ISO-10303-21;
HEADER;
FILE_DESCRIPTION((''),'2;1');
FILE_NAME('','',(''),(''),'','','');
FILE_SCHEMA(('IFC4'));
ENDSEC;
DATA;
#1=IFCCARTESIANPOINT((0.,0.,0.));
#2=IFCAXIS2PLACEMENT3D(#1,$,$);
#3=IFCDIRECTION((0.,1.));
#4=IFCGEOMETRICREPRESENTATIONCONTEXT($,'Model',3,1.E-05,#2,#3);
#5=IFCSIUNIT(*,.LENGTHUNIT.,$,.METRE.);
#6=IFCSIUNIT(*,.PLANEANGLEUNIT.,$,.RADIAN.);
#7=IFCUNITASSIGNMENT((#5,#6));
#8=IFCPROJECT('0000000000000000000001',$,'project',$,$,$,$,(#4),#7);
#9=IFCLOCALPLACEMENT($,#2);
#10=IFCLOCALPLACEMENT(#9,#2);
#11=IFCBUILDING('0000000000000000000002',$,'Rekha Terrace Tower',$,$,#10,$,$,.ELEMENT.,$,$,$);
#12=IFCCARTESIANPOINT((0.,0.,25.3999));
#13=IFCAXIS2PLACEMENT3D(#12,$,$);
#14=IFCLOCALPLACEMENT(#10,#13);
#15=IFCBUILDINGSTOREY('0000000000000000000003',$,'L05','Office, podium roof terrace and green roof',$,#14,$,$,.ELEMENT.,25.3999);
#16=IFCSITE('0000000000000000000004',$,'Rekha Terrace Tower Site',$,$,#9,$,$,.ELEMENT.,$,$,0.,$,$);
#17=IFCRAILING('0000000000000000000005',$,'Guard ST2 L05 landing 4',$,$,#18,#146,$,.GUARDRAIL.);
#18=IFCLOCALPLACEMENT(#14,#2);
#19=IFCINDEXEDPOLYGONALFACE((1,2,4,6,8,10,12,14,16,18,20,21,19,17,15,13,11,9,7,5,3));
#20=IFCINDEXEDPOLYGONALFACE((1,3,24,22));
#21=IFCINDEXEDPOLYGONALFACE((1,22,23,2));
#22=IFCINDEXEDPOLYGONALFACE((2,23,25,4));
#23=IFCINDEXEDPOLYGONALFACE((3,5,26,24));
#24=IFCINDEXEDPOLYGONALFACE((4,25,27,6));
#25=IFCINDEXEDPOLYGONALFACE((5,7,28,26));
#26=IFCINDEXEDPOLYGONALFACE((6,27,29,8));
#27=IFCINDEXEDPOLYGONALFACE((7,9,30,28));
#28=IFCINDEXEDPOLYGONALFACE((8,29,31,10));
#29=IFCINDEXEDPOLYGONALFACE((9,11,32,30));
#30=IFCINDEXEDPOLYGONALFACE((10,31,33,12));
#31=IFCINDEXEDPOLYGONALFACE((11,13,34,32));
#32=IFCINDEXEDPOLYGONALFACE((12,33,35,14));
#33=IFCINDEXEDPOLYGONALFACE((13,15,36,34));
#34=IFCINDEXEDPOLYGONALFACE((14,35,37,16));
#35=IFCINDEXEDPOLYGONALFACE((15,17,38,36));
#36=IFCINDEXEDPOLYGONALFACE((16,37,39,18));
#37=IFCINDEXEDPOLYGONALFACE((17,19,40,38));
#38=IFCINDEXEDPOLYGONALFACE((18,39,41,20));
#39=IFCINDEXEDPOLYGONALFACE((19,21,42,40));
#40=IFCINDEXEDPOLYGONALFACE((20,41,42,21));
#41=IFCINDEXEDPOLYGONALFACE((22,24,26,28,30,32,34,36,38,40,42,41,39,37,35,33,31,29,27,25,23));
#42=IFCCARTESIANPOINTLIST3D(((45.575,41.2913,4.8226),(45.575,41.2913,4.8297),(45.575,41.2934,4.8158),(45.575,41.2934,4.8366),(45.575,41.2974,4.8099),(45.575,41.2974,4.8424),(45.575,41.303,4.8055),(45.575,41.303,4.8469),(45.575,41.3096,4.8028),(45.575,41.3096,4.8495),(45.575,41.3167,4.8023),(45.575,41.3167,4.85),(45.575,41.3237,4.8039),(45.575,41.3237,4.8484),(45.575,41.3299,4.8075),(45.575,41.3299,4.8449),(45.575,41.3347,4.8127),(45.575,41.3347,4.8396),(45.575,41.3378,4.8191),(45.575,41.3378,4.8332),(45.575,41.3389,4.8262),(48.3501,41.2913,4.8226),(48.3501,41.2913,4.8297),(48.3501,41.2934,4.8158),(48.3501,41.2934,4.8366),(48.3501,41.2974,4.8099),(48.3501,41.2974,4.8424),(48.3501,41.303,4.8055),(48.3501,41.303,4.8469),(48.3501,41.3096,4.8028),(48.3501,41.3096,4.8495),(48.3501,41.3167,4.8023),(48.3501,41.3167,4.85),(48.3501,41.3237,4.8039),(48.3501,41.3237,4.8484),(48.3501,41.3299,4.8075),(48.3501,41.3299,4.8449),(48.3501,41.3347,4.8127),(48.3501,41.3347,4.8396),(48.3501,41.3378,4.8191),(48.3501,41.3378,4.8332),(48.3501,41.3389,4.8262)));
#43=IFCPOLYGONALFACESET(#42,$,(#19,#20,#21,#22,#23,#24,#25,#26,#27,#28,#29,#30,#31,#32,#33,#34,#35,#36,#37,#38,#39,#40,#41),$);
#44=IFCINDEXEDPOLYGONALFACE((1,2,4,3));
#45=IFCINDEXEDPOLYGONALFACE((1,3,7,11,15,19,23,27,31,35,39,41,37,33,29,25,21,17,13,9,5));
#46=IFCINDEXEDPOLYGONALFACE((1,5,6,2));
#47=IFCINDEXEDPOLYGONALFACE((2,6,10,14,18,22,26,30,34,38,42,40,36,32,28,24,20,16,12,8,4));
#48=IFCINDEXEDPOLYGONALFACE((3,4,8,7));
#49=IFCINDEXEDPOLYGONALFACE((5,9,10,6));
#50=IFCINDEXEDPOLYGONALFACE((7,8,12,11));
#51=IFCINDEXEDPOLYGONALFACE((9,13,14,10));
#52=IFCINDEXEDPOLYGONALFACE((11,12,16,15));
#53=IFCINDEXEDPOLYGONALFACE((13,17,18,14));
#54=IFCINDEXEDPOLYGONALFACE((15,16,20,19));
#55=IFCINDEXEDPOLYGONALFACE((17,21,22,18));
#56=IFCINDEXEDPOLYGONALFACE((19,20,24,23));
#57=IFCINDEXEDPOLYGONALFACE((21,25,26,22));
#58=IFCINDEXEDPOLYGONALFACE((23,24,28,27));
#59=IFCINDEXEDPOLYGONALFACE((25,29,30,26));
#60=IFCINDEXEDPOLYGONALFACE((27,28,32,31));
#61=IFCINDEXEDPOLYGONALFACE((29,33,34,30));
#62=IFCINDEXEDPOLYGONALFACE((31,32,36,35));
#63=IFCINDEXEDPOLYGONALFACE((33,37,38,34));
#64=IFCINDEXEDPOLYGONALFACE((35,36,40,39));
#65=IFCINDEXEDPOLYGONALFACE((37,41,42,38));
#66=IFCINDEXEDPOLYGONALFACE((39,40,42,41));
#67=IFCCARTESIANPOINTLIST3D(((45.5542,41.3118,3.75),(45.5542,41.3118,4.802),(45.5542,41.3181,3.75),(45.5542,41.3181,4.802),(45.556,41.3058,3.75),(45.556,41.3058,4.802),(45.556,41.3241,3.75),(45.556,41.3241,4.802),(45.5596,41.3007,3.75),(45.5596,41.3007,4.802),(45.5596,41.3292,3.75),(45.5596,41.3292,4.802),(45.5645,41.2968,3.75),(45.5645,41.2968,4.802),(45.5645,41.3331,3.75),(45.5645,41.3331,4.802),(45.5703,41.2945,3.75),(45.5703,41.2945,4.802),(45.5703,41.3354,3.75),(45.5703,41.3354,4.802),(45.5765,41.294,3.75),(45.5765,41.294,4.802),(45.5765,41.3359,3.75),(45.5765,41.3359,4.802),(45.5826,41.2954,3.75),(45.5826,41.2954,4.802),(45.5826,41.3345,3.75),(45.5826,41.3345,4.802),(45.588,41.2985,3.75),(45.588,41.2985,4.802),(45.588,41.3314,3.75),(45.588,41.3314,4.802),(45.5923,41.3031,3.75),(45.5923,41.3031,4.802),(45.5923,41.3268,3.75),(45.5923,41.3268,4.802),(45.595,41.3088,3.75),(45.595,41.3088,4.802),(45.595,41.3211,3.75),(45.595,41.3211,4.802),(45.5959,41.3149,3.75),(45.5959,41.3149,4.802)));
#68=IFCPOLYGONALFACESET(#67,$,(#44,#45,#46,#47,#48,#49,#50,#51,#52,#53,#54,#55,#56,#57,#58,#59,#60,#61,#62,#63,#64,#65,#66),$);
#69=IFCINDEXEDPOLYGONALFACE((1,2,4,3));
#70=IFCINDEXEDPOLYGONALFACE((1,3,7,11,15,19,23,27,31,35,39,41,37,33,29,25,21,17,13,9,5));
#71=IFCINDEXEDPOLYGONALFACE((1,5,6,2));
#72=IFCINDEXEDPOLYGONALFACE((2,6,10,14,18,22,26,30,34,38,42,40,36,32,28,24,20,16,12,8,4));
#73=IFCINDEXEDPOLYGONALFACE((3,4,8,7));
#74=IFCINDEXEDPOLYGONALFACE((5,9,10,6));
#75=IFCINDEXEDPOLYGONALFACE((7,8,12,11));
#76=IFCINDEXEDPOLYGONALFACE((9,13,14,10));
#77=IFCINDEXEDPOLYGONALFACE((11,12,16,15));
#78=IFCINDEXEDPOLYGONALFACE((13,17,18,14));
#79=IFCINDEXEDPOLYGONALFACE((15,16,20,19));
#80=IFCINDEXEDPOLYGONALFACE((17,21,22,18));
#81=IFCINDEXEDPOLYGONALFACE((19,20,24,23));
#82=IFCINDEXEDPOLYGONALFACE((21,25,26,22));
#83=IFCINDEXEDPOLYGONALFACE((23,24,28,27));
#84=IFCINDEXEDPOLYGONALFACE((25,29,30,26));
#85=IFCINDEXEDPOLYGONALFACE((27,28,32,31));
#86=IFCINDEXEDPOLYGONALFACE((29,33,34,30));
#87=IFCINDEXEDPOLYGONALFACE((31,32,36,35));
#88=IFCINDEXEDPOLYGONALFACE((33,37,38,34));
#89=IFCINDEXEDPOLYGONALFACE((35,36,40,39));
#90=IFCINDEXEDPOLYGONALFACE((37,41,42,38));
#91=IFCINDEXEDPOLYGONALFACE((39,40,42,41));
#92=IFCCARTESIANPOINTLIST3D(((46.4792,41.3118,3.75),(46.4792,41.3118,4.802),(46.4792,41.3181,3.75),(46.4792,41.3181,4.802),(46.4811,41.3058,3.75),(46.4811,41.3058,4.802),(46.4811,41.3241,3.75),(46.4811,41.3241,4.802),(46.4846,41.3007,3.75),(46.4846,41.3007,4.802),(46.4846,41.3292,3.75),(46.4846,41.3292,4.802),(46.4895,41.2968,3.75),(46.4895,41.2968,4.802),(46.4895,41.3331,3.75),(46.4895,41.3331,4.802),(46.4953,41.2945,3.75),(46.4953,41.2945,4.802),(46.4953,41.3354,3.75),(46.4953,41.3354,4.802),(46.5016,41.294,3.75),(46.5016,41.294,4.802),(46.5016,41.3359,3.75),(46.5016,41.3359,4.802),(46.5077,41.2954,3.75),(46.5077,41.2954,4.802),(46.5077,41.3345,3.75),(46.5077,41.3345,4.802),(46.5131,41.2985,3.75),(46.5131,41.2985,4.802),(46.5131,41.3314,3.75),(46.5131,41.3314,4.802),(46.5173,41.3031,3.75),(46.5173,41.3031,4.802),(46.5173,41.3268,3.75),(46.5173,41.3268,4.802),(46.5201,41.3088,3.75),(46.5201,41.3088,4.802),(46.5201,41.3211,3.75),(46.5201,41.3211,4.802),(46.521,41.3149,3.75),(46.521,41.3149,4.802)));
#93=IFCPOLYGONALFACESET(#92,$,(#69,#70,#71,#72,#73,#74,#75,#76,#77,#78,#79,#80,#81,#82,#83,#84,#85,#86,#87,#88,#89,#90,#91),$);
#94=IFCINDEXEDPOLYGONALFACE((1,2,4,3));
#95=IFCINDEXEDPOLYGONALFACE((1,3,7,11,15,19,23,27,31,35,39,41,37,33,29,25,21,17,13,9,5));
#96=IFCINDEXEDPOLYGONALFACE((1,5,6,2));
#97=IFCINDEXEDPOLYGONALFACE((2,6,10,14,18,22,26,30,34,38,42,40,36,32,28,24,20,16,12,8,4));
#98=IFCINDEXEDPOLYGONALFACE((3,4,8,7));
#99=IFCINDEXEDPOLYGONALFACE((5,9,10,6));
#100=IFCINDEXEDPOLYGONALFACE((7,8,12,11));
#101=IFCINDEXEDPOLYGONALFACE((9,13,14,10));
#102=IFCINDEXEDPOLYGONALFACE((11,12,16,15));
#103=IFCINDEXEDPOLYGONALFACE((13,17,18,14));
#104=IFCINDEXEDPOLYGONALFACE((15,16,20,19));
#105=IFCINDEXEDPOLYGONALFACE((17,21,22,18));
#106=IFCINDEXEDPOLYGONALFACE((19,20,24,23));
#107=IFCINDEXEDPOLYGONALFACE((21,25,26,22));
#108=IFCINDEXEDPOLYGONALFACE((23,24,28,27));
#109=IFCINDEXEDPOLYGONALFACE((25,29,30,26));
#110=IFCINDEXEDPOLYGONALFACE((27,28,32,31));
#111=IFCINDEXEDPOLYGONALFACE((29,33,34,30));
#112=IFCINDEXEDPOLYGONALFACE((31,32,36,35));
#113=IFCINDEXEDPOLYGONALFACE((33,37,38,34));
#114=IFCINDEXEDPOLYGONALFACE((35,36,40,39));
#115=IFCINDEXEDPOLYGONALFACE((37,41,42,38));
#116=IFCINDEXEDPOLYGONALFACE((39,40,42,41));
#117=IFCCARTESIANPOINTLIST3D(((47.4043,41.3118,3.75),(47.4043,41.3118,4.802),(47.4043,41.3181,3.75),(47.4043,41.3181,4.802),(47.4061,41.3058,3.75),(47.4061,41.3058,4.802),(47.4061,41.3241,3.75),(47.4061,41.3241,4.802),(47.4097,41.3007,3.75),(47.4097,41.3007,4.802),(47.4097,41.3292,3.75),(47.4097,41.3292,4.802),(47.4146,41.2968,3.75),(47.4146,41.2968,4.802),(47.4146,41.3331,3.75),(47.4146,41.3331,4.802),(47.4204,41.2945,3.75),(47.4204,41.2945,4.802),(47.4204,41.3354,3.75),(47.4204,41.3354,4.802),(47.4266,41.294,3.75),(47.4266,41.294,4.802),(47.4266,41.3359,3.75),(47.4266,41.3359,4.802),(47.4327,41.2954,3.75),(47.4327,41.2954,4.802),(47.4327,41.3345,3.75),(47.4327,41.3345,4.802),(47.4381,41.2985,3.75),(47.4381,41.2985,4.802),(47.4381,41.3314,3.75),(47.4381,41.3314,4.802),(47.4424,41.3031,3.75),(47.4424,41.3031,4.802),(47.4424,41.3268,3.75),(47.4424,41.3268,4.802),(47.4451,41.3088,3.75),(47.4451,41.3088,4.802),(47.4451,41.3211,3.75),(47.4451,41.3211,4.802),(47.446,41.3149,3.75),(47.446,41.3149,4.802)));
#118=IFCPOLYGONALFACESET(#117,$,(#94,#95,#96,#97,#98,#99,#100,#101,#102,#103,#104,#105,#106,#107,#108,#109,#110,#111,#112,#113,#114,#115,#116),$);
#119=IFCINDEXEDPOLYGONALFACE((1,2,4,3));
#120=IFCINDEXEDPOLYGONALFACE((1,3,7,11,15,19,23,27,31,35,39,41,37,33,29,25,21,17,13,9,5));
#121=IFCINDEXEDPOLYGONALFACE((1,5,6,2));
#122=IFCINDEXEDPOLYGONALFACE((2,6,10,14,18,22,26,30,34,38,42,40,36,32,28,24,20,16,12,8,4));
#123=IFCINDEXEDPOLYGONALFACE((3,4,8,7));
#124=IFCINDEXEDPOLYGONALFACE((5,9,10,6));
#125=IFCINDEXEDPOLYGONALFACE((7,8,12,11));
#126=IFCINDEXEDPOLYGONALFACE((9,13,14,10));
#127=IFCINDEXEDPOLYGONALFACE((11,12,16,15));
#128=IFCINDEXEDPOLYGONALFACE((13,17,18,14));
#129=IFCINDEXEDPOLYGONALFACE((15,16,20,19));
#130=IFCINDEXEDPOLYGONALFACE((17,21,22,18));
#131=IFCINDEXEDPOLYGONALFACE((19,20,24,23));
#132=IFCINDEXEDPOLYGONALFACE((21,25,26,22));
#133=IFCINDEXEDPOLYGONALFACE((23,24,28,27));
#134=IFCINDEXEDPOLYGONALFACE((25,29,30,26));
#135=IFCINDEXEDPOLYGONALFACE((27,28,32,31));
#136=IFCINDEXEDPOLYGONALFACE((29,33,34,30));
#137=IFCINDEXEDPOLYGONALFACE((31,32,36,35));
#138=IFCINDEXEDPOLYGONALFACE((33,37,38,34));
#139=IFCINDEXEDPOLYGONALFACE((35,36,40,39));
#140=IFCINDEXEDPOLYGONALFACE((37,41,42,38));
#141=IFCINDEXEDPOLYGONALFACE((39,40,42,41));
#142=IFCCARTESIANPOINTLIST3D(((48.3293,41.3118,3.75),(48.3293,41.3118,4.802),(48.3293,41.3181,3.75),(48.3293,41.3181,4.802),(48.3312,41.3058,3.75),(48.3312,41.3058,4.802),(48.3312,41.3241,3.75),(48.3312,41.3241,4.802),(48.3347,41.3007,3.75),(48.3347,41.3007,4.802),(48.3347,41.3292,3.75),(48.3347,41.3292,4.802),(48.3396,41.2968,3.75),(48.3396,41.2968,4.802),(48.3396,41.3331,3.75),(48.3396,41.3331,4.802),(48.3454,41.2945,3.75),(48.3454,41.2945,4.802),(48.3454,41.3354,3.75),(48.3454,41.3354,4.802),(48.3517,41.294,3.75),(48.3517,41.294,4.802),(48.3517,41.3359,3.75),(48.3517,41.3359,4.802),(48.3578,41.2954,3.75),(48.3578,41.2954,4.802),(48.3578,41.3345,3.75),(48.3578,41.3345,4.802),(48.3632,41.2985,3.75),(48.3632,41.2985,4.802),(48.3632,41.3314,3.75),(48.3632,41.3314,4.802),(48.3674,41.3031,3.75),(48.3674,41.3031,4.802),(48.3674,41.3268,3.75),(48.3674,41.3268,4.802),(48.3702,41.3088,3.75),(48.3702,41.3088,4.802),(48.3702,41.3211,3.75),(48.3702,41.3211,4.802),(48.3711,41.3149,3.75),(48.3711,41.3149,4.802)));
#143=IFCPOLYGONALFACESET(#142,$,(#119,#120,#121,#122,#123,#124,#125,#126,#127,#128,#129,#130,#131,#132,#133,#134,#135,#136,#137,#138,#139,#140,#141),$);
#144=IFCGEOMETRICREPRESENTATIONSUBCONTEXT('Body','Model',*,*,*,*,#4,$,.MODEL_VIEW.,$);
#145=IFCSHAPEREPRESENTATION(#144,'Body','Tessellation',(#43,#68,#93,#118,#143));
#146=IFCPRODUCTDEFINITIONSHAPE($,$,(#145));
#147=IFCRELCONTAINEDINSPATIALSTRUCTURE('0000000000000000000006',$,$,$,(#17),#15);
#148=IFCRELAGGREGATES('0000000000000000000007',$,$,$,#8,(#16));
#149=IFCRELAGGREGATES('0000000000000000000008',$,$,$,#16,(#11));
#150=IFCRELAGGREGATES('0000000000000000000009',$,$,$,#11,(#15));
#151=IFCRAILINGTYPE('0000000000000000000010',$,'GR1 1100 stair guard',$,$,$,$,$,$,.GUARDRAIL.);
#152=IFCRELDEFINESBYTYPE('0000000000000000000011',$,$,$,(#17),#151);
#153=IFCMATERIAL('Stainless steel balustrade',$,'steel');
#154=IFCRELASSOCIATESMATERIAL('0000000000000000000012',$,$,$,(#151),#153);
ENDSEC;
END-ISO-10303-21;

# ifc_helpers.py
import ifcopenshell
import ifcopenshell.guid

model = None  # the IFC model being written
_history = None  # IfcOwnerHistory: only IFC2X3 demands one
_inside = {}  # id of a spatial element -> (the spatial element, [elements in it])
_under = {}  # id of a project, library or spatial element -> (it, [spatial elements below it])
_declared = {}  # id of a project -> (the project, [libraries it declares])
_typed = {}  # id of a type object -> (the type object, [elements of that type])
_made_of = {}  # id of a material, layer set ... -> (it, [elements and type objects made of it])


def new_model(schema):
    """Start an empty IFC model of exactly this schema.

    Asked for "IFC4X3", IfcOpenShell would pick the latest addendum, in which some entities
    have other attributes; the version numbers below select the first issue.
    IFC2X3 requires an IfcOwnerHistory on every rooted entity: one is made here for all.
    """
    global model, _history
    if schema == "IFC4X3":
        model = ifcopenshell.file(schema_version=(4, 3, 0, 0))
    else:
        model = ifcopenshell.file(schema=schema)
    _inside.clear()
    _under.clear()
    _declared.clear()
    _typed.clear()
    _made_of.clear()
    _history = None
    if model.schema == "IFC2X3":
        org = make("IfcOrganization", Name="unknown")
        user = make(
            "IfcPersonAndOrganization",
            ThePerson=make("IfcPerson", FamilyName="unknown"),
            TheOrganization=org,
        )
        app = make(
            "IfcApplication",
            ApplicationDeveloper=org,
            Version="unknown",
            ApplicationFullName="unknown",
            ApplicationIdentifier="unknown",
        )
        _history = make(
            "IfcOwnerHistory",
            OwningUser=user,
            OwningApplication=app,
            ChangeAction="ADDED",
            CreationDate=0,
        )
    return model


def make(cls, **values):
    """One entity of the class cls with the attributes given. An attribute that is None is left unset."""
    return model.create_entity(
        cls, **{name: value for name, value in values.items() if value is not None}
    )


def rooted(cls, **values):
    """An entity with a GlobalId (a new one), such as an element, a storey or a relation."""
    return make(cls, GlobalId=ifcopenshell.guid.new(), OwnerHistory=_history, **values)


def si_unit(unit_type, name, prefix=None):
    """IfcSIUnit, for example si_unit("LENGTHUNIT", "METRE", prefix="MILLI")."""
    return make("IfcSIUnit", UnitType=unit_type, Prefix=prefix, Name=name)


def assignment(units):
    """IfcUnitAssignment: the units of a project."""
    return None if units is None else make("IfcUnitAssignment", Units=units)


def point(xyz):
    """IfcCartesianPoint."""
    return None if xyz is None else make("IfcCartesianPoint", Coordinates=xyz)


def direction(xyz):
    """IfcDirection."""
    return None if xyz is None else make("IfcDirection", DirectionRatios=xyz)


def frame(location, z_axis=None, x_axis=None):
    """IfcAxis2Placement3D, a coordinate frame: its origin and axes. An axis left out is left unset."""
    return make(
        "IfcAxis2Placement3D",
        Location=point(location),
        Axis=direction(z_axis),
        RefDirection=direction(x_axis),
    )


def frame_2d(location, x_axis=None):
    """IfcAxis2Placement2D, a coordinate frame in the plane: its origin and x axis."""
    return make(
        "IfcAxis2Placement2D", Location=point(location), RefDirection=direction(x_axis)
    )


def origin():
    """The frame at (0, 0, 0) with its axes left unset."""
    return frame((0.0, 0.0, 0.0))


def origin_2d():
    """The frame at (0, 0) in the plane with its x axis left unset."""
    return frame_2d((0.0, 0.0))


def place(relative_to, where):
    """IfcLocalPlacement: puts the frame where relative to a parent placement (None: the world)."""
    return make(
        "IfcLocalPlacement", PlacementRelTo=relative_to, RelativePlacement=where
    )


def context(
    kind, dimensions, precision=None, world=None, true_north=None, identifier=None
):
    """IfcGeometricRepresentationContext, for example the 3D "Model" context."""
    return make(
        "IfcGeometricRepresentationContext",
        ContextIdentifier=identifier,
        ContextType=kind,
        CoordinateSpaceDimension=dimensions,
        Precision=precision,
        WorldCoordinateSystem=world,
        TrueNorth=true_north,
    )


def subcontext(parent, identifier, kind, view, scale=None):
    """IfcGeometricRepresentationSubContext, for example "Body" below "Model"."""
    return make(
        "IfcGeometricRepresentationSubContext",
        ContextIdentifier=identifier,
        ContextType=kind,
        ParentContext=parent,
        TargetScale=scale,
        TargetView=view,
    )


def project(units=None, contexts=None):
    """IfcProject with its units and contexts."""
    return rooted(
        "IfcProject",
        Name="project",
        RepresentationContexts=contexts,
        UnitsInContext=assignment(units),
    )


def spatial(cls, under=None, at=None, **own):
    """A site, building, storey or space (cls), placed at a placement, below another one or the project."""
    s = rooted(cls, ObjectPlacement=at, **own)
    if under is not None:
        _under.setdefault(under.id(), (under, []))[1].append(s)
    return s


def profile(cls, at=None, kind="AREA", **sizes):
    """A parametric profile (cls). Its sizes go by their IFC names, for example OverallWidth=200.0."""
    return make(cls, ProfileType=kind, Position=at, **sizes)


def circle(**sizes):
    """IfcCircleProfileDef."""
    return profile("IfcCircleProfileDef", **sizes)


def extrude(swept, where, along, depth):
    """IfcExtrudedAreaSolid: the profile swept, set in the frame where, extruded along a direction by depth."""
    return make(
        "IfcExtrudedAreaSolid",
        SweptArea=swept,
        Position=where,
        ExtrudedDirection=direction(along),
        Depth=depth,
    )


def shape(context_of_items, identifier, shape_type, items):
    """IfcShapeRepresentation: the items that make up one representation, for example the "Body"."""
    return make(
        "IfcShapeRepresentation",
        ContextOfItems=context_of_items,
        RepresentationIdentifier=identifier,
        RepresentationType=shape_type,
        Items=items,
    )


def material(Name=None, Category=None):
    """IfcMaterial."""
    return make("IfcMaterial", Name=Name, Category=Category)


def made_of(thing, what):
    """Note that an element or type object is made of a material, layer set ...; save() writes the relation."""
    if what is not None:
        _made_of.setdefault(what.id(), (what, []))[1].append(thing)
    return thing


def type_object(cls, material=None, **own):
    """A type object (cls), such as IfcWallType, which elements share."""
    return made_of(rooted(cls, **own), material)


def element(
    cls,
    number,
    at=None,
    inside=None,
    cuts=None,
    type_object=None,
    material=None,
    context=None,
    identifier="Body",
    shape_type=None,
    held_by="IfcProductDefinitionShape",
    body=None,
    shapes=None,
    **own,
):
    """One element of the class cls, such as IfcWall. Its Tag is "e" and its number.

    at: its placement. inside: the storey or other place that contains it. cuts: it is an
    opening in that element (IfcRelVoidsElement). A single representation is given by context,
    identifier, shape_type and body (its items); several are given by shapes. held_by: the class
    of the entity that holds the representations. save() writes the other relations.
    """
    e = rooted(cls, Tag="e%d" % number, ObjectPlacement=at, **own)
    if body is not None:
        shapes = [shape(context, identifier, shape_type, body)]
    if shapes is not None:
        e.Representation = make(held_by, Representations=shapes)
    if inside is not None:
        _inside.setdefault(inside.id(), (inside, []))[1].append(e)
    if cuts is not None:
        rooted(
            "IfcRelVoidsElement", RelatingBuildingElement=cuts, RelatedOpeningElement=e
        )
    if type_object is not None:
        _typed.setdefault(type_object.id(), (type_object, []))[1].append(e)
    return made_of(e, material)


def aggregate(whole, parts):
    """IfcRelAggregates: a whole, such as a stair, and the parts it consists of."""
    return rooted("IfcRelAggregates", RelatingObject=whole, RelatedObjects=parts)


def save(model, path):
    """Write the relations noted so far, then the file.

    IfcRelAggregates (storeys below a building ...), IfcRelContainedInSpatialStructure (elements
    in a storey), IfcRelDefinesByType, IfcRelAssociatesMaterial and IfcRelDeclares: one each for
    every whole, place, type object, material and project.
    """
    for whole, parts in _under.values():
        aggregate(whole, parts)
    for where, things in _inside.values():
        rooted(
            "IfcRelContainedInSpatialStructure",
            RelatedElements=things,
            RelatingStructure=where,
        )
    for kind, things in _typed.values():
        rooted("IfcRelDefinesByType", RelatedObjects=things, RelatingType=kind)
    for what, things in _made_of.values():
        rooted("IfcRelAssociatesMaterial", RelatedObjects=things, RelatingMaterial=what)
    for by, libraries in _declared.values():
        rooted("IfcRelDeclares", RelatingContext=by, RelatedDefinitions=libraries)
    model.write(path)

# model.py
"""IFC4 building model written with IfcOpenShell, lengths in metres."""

from ifc_helpers import new_model, si_unit, direction, frame, origin, origin_2d, place, context, subcontext, project, spatial, circle, extrude, material, type_object, element, save


model = new_model("IFC4")

# Units and contexts
model_context = context("Model", 3, precision=1e-05, world=origin(), true_north=direction((0.0, 1.0)))
body_context = subcontext(model_context, "Body", "Model", "MODEL_VIEW")
ifc_project = project(units=[si_unit("LENGTHUNIT", "METRE"), si_unit("PLANEANGLEUNIT", "RADIAN")], contexts=[model_context])

# Site, building, storey
site_placement = place(None, origin())
site = spatial("IfcSite", under=ifc_project, at=site_placement, Name="Rekha Terrace Tower Site", CompositionType="ELEMENT", RefElevation=0.0)
building_placement = place(site_placement, origin())
building = spatial("IfcBuilding", under=site, at=building_placement, Name="Rekha Terrace Tower", CompositionType="ELEMENT")
storey_placement = place(building_placement, frame((0.0, 0.0, 25.3999)))
storey = spatial("IfcBuildingStorey", under=building, at=storey_placement, Name="L05", Description="Office, podium roof terrace and green roof", CompositionType="ELEMENT", Elevation=25.3999)

# Railing
ifc_material_1 = material(Name="Stainless steel balustrade", Category="steel")
railing_type_1 = type_object("IfcRailingType", Name="GR1 1100 stair guard", PredefinedType="GUARDRAIL", material=ifc_material_1)
railing_1_placement = place(storey_placement, frame((45.575, 41.3149, 3.75)))
element("IfcRailing", 1, at=railing_1_placement, inside=storey, type_object=railing_type_1, Name="Guard ST2 L05 landing 4", PredefinedType="GUARDRAIL", context=body_context, shape_type="SweptSolid", body=[
    extrude(circle(Radius=0.0239, at=origin_2d()), frame((0.0, 0.0, 1.0762), z_axis=(1.0, 0.0, 0.0), x_axis=(0.0, 1.0, 0.0)), (0.0, 0.0, 1.0), 2.7751),
    extrude(circle(Radius=0.021, at=origin_2d()), origin(), (0.0, 0.0, 1.0), 1.052),
    extrude(circle(Radius=0.021, at=origin_2d()), frame((0.925, 0.0, 0.0)), (0.0, 0.0, 1.0), 1.052),
    extrude(circle(Radius=0.021, at=origin_2d()), frame((1.8501, 0.0, 0.0)), (0.0, 0.0, 1.0), 1.052),
    extrude(circle(Radius=0.021, at=origin_2d()), frame((2.7751, 0.0, 0.0)), (0.0, 0.0, 1.0), 1.052),
])

save(model, "model.ifc")
